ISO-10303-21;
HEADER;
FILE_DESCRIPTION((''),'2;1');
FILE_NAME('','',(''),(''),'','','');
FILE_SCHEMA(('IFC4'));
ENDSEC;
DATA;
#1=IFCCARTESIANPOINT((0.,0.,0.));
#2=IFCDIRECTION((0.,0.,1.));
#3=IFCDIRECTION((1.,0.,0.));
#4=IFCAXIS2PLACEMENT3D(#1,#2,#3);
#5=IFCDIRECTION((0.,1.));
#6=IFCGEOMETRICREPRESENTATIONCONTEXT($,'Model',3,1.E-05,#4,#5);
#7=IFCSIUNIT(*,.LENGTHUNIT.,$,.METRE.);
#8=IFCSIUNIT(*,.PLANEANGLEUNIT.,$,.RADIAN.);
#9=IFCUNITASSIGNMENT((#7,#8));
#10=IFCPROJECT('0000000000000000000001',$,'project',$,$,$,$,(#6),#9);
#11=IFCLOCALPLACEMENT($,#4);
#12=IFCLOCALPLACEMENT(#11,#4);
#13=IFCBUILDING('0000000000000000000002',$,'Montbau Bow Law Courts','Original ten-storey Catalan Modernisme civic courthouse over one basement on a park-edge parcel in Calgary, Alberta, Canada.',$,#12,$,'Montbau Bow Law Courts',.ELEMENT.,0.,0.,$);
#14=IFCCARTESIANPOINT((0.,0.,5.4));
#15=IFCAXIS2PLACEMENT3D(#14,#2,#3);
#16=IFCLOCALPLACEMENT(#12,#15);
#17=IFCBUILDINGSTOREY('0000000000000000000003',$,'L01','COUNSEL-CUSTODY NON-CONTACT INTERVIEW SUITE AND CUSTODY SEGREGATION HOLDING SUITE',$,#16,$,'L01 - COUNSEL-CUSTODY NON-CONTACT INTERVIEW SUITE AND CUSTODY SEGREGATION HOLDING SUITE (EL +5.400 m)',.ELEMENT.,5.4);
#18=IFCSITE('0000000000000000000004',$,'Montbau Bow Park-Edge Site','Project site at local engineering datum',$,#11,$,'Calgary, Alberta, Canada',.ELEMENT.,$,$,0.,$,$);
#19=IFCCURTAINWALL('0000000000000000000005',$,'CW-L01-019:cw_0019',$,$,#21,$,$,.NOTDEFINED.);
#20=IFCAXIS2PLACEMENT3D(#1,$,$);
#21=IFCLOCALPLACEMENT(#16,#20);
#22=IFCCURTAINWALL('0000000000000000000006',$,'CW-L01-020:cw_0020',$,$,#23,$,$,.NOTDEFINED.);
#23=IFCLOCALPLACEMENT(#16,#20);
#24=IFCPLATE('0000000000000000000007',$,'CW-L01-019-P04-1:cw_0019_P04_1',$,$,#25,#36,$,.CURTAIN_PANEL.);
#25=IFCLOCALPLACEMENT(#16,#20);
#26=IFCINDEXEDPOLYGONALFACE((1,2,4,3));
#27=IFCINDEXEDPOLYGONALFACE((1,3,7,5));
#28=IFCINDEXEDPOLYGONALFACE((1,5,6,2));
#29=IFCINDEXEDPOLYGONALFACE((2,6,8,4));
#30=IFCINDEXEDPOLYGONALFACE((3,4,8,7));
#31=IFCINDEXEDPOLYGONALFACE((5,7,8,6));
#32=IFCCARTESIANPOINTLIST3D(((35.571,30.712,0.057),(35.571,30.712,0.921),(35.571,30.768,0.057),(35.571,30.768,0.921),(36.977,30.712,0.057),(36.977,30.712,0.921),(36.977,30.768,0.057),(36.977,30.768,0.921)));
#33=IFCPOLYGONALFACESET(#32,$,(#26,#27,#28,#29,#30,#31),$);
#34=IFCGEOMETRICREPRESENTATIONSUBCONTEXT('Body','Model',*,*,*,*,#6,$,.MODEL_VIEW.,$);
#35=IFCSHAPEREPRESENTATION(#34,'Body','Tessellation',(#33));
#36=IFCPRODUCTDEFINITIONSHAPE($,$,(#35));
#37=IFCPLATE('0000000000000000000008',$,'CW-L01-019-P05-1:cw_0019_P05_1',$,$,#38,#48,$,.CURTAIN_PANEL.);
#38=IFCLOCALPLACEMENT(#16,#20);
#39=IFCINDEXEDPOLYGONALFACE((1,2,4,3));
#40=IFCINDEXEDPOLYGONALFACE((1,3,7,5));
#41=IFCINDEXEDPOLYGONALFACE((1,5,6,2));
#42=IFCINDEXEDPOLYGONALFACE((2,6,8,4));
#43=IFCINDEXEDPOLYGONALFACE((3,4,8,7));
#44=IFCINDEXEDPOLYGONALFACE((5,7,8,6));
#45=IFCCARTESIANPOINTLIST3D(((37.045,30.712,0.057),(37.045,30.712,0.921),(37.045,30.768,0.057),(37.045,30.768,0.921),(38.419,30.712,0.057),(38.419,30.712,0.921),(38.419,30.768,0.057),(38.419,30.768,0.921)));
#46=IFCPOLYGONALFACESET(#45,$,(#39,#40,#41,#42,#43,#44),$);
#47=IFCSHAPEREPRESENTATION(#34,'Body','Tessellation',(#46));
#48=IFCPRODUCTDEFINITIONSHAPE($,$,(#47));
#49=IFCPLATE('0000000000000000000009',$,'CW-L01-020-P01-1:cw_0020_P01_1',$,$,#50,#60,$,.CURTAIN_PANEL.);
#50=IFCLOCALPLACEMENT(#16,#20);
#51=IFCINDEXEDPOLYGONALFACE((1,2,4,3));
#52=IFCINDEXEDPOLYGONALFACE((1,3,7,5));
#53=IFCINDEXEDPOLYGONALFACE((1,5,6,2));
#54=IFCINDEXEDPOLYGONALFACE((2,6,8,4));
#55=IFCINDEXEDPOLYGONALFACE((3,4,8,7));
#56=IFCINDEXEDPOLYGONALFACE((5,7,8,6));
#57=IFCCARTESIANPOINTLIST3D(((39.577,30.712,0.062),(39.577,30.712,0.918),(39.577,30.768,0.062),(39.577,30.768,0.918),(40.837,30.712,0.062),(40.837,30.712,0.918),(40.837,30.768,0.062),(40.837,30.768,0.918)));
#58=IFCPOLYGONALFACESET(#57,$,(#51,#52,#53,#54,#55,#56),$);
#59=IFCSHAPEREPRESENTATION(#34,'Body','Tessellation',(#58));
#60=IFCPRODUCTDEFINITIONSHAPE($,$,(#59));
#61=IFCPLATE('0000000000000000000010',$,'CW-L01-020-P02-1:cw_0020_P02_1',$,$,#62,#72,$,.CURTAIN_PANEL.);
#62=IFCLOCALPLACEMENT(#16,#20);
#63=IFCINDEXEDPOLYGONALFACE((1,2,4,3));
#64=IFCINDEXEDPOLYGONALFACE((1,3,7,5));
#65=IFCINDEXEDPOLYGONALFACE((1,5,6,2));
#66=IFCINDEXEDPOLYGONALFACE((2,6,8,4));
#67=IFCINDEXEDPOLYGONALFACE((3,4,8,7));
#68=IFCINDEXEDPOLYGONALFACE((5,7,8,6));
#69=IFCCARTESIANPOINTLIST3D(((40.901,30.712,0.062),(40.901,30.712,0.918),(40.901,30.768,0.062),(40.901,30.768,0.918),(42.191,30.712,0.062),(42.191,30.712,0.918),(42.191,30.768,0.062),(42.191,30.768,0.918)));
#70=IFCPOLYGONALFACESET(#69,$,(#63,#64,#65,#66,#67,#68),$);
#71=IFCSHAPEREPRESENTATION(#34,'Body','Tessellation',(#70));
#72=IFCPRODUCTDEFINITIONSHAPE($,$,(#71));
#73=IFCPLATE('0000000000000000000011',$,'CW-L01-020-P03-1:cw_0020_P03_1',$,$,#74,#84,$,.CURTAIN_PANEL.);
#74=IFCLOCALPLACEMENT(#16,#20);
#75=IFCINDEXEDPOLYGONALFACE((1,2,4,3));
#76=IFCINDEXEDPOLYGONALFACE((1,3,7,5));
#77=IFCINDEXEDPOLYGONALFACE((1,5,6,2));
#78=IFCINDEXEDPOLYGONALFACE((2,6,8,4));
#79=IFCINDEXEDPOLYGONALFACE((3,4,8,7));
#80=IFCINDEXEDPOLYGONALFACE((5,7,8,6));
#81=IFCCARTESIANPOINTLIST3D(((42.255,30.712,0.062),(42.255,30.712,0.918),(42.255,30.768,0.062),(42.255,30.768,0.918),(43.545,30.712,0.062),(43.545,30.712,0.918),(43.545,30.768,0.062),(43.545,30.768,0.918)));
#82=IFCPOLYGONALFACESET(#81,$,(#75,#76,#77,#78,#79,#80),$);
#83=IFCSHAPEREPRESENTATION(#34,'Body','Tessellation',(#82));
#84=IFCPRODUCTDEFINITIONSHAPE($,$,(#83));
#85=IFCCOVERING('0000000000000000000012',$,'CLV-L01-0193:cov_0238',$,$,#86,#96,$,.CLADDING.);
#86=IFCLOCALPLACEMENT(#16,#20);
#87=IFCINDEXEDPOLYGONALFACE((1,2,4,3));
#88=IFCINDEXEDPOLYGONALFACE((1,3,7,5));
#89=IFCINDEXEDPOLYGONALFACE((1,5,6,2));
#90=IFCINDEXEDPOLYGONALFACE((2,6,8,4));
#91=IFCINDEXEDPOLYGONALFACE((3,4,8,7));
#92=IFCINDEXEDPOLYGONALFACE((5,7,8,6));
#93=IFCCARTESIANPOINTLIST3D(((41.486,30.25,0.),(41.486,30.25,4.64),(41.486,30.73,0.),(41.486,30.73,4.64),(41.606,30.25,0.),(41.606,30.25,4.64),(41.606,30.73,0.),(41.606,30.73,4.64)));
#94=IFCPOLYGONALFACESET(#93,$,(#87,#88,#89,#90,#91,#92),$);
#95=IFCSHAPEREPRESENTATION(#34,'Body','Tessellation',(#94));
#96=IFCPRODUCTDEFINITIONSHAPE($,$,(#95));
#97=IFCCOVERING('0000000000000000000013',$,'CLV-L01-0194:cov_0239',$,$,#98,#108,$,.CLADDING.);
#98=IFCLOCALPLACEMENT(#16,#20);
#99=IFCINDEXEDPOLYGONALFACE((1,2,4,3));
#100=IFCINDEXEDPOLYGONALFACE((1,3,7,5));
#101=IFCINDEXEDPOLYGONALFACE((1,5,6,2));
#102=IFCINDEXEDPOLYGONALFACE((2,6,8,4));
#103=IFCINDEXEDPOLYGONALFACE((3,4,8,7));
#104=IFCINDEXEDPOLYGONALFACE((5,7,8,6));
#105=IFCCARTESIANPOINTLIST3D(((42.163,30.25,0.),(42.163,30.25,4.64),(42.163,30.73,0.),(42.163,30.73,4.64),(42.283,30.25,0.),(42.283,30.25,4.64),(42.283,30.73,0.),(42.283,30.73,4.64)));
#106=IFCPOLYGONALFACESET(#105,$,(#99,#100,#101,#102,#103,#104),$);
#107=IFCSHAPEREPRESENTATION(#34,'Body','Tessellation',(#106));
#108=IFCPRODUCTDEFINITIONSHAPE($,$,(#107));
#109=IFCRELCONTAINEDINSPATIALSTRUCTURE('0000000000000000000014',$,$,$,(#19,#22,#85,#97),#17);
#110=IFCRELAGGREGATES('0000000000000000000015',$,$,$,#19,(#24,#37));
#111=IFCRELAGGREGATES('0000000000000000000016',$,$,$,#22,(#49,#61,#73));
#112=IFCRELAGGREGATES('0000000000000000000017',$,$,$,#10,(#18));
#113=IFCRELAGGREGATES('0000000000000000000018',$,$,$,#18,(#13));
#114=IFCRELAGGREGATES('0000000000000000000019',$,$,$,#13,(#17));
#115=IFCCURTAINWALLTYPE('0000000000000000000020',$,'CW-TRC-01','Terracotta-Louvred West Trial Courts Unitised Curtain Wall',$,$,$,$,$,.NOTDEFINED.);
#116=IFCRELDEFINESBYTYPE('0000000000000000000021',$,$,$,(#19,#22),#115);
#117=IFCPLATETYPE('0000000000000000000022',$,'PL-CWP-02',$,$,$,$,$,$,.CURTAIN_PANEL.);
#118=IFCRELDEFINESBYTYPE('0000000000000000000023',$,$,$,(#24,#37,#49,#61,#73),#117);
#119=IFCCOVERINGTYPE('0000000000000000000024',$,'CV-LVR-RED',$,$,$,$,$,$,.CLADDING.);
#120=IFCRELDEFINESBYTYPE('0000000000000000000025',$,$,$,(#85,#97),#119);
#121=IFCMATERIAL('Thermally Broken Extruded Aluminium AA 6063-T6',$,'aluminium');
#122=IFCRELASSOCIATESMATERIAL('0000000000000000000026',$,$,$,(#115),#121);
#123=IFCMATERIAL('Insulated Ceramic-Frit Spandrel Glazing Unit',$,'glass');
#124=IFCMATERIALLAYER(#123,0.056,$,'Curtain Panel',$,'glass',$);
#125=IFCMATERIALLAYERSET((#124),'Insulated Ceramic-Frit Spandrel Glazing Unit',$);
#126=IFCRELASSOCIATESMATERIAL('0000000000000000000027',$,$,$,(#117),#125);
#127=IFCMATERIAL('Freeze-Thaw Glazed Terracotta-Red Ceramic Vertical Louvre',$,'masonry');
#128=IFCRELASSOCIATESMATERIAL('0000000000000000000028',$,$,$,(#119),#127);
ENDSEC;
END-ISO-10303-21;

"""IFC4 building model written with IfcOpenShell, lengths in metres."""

from ifc_helpers import new_model, si_unit, direction, frame, frame_2d, origin_with_axes, place, context, subcontext, project, spatial, rectangle, extrude, material, layer, layer_set, type_object, element, aggregate, save


model = new_model("IFC4")

# Units and contexts
model_context = context("Model", 3, precision=1e-05, world=origin_with_axes(), true_north=direction((0.0, 1.0)))
body_context = subcontext(model_context, "Body", "Model", "MODEL_VIEW")
ifc_project = project(units=[si_unit("LENGTHUNIT", "METRE"), si_unit("PLANEANGLEUNIT", "RADIAN")], contexts=[model_context])

# Site, building, storey
site_placement = place(None, origin_with_axes())
site = spatial("IfcSite", under=ifc_project, at=site_placement, Name="Montbau Bow Park-Edge Site", Description="Project site at local engineering datum", LongName="Calgary, Alberta, Canada", CompositionType="ELEMENT", RefElevation=0.0)
building_placement = place(site_placement, origin_with_axes())
building = spatial("IfcBuilding", under=site, at=building_placement, Name="Montbau Bow Law Courts", Description="Original ten-storey Catalan Modernisme civic courthouse over one basement on a park-edge parcel in Calgary, Alberta, Canada.", LongName="Montbau Bow Law Courts", CompositionType="ELEMENT", ElevationOfRefHeight=0.0, ElevationOfTerrain=0.0)
storey_placement = place(building_placement, frame((0.0, 0.0, 5.4), z_axis=(0.0, 0.0, 1.0), x_axis=(1.0, 0.0, 0.0)))
storey = spatial("IfcBuildingStorey", under=building, at=storey_placement, Name="L01", Description="COUNSEL-CUSTODY NON-CONTACT INTERVIEW SUITE AND CUSTODY SEGREGATION HOLDING SUITE", LongName="L01 - COUNSEL-CUSTODY NON-CONTACT INTERVIEW SUITE AND CUSTODY SEGREGATION HOLDING SUITE (EL +5.400 m)", CompositionType="ELEMENT", Elevation=5.4)

# Curtain walls
ifc_material_1 = material(Name="Thermally Broken Extruded Aluminium AA 6063-T6", Category="aluminium")
curtain_wall_type = type_object("IfcCurtainWallType", Name="CW-TRC-01", Description="Terracotta-Louvred West Trial Courts Unitised Curtain Wall", PredefinedType="NOTDEFINED", material=ifc_material_1)
curtain_wall_1_placement = place(None, frame((31.115, 30.74, 5.4), z_axis=(0.0, 0.0, 1.0), x_axis=(1.0, 0.0, 0.0)))
curtain_wall_1 = element("IfcCurtainWall", 1, at=curtain_wall_1_placement, inside=storey, type_object=curtain_wall_type, Name="CW-L01-019:cw_0019", PredefinedType="NOTDEFINED")
curtain_wall_2_placement = place(None, frame((39.515, 30.74, 5.4), z_axis=(0.0, 0.0, 1.0), x_axis=(1.0, 0.0, 0.0)))
curtain_wall_2 = element("IfcCurtainWall", 2, at=curtain_wall_2_placement, inside=storey, type_object=curtain_wall_type, Name="CW-L01-020:cw_0020", PredefinedType="NOTDEFINED")

# Plates
ifc_material_2 = material(Name="Insulated Ceramic-Frit Spandrel Glazing Unit", Category="glass")
ifc_layer_1 = layer(ifc_material_2, 0.056, Name="Curtain Panel", Category="glass")
ifc_layer_set_1 = layer_set([ifc_layer_1], Name="Insulated Ceramic-Frit Spandrel Glazing Unit")
plate_type_1 = type_object("IfcPlateType", Name="PL-CWP-02", PredefinedType="CURTAIN_PANEL", material=ifc_layer_set_1)
plate_1_placement = place(None, frame((35.571, 30.74, 5.457), z_axis=(0.0, -1.0, 0.0), x_axis=(1.0, 0.0, 0.0)))
plate_1 = element("IfcPlate", 3, at=plate_1_placement, type_object=plate_type_1, Name="CW-L01-019-P04-1:cw_0019_P04_1", PredefinedType="CURTAIN_PANEL", context=body_context, shape_type="SweptSolid", body=[
    extrude(rectangle(XDim=1.406, YDim=0.864, at=frame_2d((0.703, 0.432), x_axis=(1.0, 0.0))), frame((0.0, 0.0, -0.028), z_axis=(0.0, 0.0, 1.0), x_axis=(1.0, 0.0, 0.0)), (0.0, 0.0, 1.0), 0.056),
])
plate_2_placement = place(None, frame((37.045, 30.74, 5.457), z_axis=(0.0, -1.0, 0.0), x_axis=(1.0, 0.0, 0.0)))
plate_2 = element("IfcPlate", 4, at=plate_2_placement, type_object=plate_type_1, Name="CW-L01-019-P05-1:cw_0019_P05_1", PredefinedType="CURTAIN_PANEL", context=body_context, shape_type="SweptSolid", body=[
    extrude(rectangle(XDim=1.374, YDim=0.864, at=frame_2d((0.687, 0.432), x_axis=(1.0, 0.0))), frame((0.0, 0.0, -0.028), z_axis=(0.0, 0.0, 1.0), x_axis=(1.0, 0.0, 0.0)), (0.0, 0.0, 1.0), 0.056),
])
aggregate(curtain_wall_1, [plate_1, plate_2])
plate_3_placement = place(None, frame((39.577, 30.74, 5.462), z_axis=(0.0, -1.0, 0.0), x_axis=(1.0, 0.0, 0.0)))
plate_3 = element("IfcPlate", 5, at=plate_3_placement, type_object=plate_type_1, Name="CW-L01-020-P01-1:cw_0020_P01_1", PredefinedType="CURTAIN_PANEL", context=body_context, shape_type="SweptSolid", body=[
    extrude(rectangle(XDim=1.26, YDim=0.856, at=frame_2d((0.63, 0.428), x_axis=(1.0, 0.0))), frame((0.0, 0.0, -0.028), z_axis=(0.0, 0.0, 1.0), x_axis=(1.0, 0.0, 0.0)), (0.0, 0.0, 1.0), 0.056),
])
plate_4_placement = place(None, frame((40.901, 30.74, 5.462), z_axis=(0.0, -1.0, 0.0), x_axis=(1.0, 0.0, 0.0)))
plate_4 = element("IfcPlate", 6, at=plate_4_placement, type_object=plate_type_1, Name="CW-L01-020-P02-1:cw_0020_P02_1", PredefinedType="CURTAIN_PANEL", context=body_context, shape_type="SweptSolid", body=[
    extrude(rectangle(XDim=1.29, YDim=0.856, at=frame_2d((0.645, 0.428), x_axis=(1.0, 0.0))), frame((0.0, 0.0, -0.028), z_axis=(0.0, 0.0, 1.0), x_axis=(1.0, 0.0, 0.0)), (0.0, 0.0, 1.0), 0.056),
])
plate_5_placement = place(None, frame((42.255, 30.74, 5.462), z_axis=(0.0, -1.0, 0.0), x_axis=(1.0, 0.0, 0.0)))
plate_5 = element("IfcPlate", 7, at=plate_5_placement, type_object=plate_type_1, Name="CW-L01-020-P03-1:cw_0020_P03_1", PredefinedType="CURTAIN_PANEL", context=body_context, shape_type="SweptSolid", body=[
    extrude(rectangle(XDim=1.29, YDim=0.856, at=frame_2d((0.645, 0.428), x_axis=(1.0, 0.0))), frame((0.0, 0.0, -0.028), z_axis=(0.0, 0.0, 1.0), x_axis=(1.0, 0.0, 0.0)), (0.0, 0.0, 1.0), 0.056),
])
aggregate(curtain_wall_2, [plate_3, plate_4, plate_5])

# Coverings
ifc_material_3 = material(Name="Freeze-Thaw Glazed Terracotta-Red Ceramic Vertical Louvre", Category="masonry")
covering_type = type_object("IfcCoveringType", Name="CV-LVR-RED", PredefinedType="CLADDING", material=ifc_material_3)
for number, where, z_axis, x_axis, name in (
    (8, (41.546, 30.73, 5.4), (-1.0, 0.0, 0.0), (0.0, -1.0, 0.0), "CLV-L01-0193:cov_0238"),
    (9, (42.223, 30.73, 5.4), (-1.0, 0.0, 0.0), (0.0, -1.0, 0.0), "CLV-L01-0194:cov_0239"),
):
    element("IfcCovering", number, at=place(None, frame(where, z_axis=z_axis, x_axis=x_axis)), inside=storey, type_object=covering_type, Name=name, PredefinedType="CLADDING", context=body_context, shape_type="SweptSolid", body=[
        extrude(rectangle(XDim=0.48, YDim=4.64, at=frame_2d((0.24, 2.32), x_axis=(1.0, 0.0))), frame((0.0, 0.0, -0.06), z_axis=(0.0, 0.0, 1.0), x_axis=(1.0, 0.0, 0.0)), (0.0, 0.0, 1.0), 0.12),
    ])

save(model, "model.ifc")
